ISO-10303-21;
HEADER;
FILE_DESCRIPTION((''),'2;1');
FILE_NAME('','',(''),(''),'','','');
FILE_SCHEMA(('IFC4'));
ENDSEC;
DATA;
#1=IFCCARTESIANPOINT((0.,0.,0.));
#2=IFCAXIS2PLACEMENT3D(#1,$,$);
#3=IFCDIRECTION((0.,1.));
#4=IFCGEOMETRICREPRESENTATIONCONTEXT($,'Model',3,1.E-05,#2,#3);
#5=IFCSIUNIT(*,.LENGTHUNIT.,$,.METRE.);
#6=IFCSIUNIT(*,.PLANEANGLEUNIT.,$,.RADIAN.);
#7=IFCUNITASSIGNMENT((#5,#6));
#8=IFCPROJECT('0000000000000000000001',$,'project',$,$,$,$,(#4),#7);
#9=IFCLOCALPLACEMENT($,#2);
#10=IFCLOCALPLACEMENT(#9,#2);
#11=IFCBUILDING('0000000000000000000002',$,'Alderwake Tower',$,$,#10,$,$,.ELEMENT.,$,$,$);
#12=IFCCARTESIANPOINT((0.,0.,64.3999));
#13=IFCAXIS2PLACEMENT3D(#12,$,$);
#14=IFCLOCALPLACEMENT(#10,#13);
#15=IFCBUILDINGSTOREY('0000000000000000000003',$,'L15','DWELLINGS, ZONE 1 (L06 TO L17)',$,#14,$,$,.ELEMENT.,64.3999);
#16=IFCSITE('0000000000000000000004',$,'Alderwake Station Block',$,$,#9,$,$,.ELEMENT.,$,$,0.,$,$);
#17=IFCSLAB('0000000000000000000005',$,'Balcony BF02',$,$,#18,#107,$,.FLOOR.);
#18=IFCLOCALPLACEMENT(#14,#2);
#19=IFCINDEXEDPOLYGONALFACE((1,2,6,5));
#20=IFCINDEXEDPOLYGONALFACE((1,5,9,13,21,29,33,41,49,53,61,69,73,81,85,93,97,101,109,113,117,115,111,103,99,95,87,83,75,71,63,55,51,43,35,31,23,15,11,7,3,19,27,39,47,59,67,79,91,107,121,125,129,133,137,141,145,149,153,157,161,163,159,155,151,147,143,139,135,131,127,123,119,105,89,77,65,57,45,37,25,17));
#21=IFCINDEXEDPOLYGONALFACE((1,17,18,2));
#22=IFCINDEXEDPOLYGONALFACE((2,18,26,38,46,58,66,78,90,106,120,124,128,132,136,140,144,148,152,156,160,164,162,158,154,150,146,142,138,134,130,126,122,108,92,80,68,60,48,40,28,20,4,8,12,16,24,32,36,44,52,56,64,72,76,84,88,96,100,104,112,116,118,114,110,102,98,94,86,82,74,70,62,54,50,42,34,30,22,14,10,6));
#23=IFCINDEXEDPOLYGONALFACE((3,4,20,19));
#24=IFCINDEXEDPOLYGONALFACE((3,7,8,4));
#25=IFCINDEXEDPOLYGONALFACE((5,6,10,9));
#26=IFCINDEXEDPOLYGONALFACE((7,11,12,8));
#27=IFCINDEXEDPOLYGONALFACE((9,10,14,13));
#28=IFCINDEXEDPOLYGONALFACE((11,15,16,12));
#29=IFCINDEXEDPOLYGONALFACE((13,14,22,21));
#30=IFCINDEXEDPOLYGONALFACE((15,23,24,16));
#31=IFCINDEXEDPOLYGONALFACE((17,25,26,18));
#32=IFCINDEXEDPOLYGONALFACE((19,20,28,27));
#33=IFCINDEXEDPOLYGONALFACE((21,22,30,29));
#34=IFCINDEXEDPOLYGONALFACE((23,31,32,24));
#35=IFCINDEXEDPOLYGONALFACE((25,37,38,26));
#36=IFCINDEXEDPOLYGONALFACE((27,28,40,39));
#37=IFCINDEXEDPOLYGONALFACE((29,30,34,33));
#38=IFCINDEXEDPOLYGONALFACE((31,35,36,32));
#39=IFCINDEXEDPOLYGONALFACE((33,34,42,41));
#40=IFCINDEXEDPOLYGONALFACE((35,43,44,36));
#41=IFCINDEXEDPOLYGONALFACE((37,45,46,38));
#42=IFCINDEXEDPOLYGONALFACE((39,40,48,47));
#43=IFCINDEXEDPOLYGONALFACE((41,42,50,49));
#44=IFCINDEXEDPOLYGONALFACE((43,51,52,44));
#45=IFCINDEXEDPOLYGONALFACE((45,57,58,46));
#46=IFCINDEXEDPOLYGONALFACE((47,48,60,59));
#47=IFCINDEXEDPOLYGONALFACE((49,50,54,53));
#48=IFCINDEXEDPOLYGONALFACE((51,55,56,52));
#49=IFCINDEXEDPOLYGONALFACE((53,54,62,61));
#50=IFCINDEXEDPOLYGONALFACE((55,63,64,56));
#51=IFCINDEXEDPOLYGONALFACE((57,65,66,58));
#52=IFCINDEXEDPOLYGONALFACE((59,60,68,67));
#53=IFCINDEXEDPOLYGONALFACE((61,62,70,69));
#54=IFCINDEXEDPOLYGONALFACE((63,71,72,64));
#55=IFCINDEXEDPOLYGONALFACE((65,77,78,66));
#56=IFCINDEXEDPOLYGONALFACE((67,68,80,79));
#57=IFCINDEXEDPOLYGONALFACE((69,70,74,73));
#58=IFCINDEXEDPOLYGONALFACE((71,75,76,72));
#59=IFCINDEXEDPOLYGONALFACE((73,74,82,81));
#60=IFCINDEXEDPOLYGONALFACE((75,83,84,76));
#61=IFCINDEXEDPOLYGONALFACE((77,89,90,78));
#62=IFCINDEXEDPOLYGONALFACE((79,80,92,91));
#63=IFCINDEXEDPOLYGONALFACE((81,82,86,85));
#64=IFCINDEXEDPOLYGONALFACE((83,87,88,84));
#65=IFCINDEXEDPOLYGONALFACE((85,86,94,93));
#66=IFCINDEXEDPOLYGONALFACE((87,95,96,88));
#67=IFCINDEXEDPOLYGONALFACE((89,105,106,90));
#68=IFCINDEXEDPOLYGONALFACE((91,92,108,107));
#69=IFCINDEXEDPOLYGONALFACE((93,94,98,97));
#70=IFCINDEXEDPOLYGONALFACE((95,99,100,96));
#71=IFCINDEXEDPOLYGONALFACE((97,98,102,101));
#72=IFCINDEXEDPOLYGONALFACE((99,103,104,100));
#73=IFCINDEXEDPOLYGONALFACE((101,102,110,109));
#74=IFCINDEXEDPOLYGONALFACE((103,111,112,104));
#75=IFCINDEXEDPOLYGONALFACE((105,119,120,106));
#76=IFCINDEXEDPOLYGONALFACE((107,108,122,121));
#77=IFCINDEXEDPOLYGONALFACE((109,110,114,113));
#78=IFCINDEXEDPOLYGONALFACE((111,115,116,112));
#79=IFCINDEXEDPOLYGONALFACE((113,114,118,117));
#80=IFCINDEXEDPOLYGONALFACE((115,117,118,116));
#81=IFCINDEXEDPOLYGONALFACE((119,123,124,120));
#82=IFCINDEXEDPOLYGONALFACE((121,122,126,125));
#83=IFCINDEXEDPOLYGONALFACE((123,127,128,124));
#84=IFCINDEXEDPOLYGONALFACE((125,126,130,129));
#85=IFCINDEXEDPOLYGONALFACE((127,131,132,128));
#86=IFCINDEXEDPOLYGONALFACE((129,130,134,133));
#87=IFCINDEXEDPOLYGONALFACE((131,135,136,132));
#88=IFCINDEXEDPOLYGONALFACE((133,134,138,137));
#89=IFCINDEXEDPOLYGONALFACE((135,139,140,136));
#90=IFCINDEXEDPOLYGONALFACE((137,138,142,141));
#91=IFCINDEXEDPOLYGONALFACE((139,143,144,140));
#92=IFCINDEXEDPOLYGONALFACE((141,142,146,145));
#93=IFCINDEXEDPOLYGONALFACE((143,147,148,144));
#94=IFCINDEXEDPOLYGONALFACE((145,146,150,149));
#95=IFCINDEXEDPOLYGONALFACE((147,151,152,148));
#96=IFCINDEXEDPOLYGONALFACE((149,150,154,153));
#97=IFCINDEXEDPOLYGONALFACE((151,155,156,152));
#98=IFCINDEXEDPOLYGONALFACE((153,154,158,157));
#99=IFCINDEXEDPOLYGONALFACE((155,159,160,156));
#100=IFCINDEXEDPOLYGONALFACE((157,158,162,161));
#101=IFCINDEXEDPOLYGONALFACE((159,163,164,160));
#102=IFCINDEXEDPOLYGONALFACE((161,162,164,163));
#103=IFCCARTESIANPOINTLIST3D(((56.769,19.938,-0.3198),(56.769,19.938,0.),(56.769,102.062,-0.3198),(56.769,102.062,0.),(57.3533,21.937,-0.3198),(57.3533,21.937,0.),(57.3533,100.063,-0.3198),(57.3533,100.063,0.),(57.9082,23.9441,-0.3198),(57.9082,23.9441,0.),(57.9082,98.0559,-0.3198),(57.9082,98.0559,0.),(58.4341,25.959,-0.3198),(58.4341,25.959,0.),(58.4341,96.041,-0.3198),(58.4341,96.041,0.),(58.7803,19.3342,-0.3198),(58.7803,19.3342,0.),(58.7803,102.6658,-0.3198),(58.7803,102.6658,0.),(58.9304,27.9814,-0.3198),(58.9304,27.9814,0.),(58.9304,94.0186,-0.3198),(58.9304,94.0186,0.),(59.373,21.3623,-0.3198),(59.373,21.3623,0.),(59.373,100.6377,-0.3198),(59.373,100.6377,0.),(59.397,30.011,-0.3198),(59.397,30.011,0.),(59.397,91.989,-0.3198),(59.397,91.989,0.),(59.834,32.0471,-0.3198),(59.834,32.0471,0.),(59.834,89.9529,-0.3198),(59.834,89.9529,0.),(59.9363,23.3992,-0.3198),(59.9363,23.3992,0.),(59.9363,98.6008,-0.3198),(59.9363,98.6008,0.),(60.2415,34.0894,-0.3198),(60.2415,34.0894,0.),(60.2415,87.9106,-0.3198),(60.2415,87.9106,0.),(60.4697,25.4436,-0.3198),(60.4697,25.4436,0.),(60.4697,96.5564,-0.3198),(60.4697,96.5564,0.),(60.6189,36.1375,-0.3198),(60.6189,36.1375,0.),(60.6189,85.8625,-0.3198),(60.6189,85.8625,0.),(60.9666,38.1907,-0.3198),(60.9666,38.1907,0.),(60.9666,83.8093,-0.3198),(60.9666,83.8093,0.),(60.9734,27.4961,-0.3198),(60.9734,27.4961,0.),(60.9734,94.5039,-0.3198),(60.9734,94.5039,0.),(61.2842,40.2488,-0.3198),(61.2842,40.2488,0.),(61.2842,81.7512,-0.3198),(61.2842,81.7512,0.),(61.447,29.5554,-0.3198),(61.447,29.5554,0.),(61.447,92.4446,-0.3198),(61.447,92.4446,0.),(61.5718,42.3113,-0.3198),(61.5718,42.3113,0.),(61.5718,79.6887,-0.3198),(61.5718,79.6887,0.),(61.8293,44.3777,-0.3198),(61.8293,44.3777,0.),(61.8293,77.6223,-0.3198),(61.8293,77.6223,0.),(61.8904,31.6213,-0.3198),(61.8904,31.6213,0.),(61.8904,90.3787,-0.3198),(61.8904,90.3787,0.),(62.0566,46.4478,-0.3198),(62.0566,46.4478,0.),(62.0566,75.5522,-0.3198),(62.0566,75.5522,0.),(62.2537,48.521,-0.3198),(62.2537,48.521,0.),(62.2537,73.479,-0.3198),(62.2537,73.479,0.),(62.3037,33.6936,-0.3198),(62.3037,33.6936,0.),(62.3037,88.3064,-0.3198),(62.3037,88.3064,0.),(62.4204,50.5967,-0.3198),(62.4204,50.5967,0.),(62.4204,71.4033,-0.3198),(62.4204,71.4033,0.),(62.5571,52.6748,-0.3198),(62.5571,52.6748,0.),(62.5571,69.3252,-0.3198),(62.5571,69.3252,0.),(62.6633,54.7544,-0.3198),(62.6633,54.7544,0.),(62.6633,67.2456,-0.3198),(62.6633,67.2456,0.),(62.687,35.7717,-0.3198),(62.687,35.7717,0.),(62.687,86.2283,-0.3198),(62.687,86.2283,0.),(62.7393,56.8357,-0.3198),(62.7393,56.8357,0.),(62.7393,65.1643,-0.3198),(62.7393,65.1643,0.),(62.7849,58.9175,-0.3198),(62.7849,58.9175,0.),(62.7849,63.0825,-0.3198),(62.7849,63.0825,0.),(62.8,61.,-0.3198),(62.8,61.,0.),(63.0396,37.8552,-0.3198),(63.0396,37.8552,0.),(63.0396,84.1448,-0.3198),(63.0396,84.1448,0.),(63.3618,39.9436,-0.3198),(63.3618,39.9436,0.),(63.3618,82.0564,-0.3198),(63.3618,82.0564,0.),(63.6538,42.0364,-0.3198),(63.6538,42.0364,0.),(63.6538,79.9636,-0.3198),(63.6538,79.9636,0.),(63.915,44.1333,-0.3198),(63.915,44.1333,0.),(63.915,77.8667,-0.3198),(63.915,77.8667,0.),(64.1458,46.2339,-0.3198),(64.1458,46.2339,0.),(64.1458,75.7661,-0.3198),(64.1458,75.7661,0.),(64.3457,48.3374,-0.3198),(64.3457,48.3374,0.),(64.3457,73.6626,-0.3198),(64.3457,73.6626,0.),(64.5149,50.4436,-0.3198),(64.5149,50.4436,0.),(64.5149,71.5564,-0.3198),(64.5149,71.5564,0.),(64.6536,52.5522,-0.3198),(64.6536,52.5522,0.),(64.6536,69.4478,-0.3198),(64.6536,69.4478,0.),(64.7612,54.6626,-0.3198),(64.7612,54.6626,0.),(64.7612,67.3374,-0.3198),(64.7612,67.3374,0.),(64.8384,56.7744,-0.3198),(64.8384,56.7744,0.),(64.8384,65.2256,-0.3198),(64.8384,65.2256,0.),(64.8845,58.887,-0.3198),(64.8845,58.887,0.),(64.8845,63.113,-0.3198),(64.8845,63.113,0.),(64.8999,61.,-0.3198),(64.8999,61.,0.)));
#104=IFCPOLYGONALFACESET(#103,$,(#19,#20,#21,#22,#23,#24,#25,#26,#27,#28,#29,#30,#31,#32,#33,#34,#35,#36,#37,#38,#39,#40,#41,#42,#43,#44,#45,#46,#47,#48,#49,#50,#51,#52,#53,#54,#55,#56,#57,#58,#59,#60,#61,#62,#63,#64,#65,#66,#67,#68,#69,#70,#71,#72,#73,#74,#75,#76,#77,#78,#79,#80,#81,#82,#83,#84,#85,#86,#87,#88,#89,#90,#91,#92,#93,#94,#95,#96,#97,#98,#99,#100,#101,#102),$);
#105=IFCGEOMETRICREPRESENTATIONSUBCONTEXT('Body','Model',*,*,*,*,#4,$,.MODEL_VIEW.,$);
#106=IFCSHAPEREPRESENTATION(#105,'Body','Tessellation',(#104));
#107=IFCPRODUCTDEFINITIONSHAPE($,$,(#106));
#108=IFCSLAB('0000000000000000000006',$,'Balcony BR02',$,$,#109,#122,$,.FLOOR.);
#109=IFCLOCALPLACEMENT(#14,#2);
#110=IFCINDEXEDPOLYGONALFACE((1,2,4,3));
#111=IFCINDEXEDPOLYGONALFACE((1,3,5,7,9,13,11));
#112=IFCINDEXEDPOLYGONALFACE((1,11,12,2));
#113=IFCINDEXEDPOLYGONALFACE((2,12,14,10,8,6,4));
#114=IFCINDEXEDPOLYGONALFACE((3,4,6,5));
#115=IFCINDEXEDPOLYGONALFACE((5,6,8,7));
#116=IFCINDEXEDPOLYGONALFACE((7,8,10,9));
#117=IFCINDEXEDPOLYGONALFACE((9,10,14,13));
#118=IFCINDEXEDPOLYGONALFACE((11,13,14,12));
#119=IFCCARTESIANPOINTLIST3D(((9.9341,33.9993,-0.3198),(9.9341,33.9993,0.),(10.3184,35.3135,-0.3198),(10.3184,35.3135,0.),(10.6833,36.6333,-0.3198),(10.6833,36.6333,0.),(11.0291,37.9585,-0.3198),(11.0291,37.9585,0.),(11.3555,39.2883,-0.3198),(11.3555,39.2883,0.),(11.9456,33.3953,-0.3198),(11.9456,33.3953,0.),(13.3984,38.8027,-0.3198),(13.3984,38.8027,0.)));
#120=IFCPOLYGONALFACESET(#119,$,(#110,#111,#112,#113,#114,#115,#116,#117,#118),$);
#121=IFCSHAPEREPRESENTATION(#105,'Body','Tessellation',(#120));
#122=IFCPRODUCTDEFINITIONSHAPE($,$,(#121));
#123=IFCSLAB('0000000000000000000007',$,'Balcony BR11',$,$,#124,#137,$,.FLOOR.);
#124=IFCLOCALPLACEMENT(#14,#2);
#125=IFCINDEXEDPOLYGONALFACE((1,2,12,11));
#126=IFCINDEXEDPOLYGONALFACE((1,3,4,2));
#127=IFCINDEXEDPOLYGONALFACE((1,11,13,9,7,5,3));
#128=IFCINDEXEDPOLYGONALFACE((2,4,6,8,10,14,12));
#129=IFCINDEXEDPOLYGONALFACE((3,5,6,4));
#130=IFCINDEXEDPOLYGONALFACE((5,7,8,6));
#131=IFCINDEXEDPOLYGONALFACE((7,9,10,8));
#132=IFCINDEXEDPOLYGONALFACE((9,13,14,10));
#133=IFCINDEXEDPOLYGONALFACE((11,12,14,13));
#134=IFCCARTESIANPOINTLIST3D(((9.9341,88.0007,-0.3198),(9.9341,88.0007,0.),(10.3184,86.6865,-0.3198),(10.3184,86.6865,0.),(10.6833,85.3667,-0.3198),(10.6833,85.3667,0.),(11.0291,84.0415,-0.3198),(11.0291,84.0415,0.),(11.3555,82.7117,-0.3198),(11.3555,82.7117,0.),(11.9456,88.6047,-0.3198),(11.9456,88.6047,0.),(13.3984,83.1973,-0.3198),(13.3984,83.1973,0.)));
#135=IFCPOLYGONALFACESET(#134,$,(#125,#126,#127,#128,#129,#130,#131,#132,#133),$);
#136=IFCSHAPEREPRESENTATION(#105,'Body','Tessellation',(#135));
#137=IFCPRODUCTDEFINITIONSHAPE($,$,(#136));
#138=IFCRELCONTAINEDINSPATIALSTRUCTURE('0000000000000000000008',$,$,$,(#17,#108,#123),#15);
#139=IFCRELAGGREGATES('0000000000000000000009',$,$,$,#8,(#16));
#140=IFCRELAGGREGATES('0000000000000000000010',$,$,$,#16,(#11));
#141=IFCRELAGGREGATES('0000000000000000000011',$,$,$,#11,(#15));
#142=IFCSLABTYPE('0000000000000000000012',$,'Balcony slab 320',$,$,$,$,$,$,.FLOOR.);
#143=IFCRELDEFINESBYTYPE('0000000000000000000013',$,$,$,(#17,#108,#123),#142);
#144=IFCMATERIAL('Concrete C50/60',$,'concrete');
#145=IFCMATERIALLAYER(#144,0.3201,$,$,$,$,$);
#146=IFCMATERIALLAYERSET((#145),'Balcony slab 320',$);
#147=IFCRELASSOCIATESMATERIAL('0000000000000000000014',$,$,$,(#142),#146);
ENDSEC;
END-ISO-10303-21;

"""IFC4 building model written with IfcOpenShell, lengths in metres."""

from ifc_helpers import new_model, si_unit, direction, frame, origin, place, context, subcontext, project, spatial, polyline, outline, extrude, material, layer, layer_set, type_object, element, save


model = new_model("IFC4")

# Units and contexts
model_context = context("Model", 3, precision=1e-05, world=origin(), true_north=direction((0.0, 1.0)))
body_context = subcontext(model_context, "Body", "Model", "MODEL_VIEW")
ifc_project = project(units=[si_unit("LENGTHUNIT", "METRE"), si_unit("PLANEANGLEUNIT", "RADIAN")], contexts=[model_context])

# Site, building, storey
site_placement = place(None, origin())
site = spatial("IfcSite", under=ifc_project, at=site_placement, Name="Alderwake Station Block", CompositionType="ELEMENT", RefElevation=0.0)
building_placement = place(site_placement, origin())
building = spatial("IfcBuilding", under=site, at=building_placement, Name="Alderwake Tower", CompositionType="ELEMENT")
storey_placement = place(building_placement, frame((0.0, 0.0, 64.3999)))
storey = spatial("IfcBuildingStorey", under=building, at=storey_placement, Name="L15", Description="DWELLINGS, ZONE 1 (L06 TO L17)", CompositionType="ELEMENT", Elevation=64.3999)

# Slabs
ifc_material_1 = material(Name="Concrete C50/60", Category="concrete")
ifc_layer_1 = layer(ifc_material_1, 0.3201)
ifc_layer_set_1 = layer_set([ifc_layer_1], Name="Balcony slab 320")
slab_type_1 = type_object("IfcSlabType", Name="Balcony slab 320", PredefinedType="FLOOR", material=ifc_layer_set_1)
slab_1_placement = place(storey_placement, frame((0.0, 0.0, -0.3198)))
element("IfcSlab", 1, at=slab_1_placement, inside=storey, type_object=slab_type_1, Name="Balcony BF02", PredefinedType="FLOOR", context=body_context, shape_type="SweptSolid", body=[
    extrude(outline(polyline([(58.7803, 19.3342), (59.373, 21.3623), (59.9363, 23.3992), (60.4697, 25.4436), (60.9734, 27.4961), (61.447, 29.5554), (61.8904, 31.6213), (62.3037, 33.6936), (62.687, 35.7717), (63.0396, 37.8552), (63.3618, 39.9436), (63.6538, 42.0364), (63.915, 44.1333), (64.1458, 46.2339), (64.3457, 48.3374), (64.5149, 50.4436), (64.6536, 52.5522), (64.7612, 54.6626), (64.8384, 56.7744), (64.8845, 58.887), (64.8999, 61.0), (64.8845, 63.113), (64.8384, 65.2256), (64.7612, 67.3374), (64.6536, 69.4478), (64.5149, 71.5564), (64.3457, 73.6626), (64.1458, 75.7661), (63.915, 77.8667), (63.6538, 79.9636), (63.3618, 82.0564), (63.0396, 84.1448), (62.687, 86.2283), (62.3037, 88.3064), (61.8904, 90.3787), (61.447, 92.4446), (60.9734, 94.5039), (60.4697, 96.5564), (59.9363, 98.6008), (59.373, 100.6377), (58.7803, 102.6658), (56.769, 102.062), (57.3533, 100.063), (57.9082, 98.0559), (58.4341, 96.041), (58.9304, 94.0186), (59.397, 91.989), (59.834, 89.9529), (60.2415, 87.9106), (60.6189, 85.8625), (60.9666, 83.8093), (61.2842, 81.7512), (61.5718, 79.6887), (61.8293, 77.6223), (62.0566, 75.5522), (62.2537, 73.479), (62.4204, 71.4033), (62.5571, 69.3252), (62.6633, 67.2456), (62.7393, 65.1643), (62.7849, 63.0825), (62.8, 61.0), (62.7849, 58.9175), (62.7393, 56.8357), (62.6633, 54.7544), (62.5571, 52.6748), (62.4204, 50.5967), (62.2537, 48.521), (62.0566, 46.4478), (61.8293, 44.3777), (61.5718, 42.3113), (61.2842, 40.2488), (60.9666, 38.1907), (60.6189, 36.1375), (60.2415, 34.0894), (59.834, 32.0471), (59.397, 30.011), (58.9304, 27.9814), (58.4341, 25.959), (57.9082, 23.9441), (57.3533, 21.937), (56.769, 19.938), (58.7803, 19.3342)])), origin(), (0.0, 0.0, 1.0), 0.3198),
])
slab_2_placement = place(storey_placement, frame((0.0, 0.0, -0.3198)))
element("IfcSlab", 2, at=slab_2_placement, inside=storey, type_object=slab_type_1, Name="Balcony BR02", PredefinedType="FLOOR", context=body_context, shape_type="SweptSolid", body=[
    extrude(outline(polyline([(9.9341, 33.9993), (11.9456, 33.3953), (13.3984, 38.8027), (11.3555, 39.2883), (11.0291, 37.9585), (10.6833, 36.6333), (10.3184, 35.3135), (9.9341, 33.9993)])), origin(), (0.0, 0.0, 1.0), 0.3198),
])
slab_3_placement = place(storey_placement, frame((0.0, 0.0, -0.3198)))
element("IfcSlab", 3, at=slab_3_placement, inside=storey, type_object=slab_type_1, Name="Balcony BR11", PredefinedType="FLOOR", context=body_context, shape_type="SweptSolid", body=[
    extrude(outline(polyline([(11.3555, 82.7117), (13.3984, 83.1973), (11.9456, 88.6047), (9.9341, 88.0007), (10.3184, 86.6865), (10.6833, 85.3667), (11.0291, 84.0415), (11.3555, 82.7117)])), origin(), (0.0, 0.0, 1.0), 0.3198),
])

save(model, "model.ifc")
